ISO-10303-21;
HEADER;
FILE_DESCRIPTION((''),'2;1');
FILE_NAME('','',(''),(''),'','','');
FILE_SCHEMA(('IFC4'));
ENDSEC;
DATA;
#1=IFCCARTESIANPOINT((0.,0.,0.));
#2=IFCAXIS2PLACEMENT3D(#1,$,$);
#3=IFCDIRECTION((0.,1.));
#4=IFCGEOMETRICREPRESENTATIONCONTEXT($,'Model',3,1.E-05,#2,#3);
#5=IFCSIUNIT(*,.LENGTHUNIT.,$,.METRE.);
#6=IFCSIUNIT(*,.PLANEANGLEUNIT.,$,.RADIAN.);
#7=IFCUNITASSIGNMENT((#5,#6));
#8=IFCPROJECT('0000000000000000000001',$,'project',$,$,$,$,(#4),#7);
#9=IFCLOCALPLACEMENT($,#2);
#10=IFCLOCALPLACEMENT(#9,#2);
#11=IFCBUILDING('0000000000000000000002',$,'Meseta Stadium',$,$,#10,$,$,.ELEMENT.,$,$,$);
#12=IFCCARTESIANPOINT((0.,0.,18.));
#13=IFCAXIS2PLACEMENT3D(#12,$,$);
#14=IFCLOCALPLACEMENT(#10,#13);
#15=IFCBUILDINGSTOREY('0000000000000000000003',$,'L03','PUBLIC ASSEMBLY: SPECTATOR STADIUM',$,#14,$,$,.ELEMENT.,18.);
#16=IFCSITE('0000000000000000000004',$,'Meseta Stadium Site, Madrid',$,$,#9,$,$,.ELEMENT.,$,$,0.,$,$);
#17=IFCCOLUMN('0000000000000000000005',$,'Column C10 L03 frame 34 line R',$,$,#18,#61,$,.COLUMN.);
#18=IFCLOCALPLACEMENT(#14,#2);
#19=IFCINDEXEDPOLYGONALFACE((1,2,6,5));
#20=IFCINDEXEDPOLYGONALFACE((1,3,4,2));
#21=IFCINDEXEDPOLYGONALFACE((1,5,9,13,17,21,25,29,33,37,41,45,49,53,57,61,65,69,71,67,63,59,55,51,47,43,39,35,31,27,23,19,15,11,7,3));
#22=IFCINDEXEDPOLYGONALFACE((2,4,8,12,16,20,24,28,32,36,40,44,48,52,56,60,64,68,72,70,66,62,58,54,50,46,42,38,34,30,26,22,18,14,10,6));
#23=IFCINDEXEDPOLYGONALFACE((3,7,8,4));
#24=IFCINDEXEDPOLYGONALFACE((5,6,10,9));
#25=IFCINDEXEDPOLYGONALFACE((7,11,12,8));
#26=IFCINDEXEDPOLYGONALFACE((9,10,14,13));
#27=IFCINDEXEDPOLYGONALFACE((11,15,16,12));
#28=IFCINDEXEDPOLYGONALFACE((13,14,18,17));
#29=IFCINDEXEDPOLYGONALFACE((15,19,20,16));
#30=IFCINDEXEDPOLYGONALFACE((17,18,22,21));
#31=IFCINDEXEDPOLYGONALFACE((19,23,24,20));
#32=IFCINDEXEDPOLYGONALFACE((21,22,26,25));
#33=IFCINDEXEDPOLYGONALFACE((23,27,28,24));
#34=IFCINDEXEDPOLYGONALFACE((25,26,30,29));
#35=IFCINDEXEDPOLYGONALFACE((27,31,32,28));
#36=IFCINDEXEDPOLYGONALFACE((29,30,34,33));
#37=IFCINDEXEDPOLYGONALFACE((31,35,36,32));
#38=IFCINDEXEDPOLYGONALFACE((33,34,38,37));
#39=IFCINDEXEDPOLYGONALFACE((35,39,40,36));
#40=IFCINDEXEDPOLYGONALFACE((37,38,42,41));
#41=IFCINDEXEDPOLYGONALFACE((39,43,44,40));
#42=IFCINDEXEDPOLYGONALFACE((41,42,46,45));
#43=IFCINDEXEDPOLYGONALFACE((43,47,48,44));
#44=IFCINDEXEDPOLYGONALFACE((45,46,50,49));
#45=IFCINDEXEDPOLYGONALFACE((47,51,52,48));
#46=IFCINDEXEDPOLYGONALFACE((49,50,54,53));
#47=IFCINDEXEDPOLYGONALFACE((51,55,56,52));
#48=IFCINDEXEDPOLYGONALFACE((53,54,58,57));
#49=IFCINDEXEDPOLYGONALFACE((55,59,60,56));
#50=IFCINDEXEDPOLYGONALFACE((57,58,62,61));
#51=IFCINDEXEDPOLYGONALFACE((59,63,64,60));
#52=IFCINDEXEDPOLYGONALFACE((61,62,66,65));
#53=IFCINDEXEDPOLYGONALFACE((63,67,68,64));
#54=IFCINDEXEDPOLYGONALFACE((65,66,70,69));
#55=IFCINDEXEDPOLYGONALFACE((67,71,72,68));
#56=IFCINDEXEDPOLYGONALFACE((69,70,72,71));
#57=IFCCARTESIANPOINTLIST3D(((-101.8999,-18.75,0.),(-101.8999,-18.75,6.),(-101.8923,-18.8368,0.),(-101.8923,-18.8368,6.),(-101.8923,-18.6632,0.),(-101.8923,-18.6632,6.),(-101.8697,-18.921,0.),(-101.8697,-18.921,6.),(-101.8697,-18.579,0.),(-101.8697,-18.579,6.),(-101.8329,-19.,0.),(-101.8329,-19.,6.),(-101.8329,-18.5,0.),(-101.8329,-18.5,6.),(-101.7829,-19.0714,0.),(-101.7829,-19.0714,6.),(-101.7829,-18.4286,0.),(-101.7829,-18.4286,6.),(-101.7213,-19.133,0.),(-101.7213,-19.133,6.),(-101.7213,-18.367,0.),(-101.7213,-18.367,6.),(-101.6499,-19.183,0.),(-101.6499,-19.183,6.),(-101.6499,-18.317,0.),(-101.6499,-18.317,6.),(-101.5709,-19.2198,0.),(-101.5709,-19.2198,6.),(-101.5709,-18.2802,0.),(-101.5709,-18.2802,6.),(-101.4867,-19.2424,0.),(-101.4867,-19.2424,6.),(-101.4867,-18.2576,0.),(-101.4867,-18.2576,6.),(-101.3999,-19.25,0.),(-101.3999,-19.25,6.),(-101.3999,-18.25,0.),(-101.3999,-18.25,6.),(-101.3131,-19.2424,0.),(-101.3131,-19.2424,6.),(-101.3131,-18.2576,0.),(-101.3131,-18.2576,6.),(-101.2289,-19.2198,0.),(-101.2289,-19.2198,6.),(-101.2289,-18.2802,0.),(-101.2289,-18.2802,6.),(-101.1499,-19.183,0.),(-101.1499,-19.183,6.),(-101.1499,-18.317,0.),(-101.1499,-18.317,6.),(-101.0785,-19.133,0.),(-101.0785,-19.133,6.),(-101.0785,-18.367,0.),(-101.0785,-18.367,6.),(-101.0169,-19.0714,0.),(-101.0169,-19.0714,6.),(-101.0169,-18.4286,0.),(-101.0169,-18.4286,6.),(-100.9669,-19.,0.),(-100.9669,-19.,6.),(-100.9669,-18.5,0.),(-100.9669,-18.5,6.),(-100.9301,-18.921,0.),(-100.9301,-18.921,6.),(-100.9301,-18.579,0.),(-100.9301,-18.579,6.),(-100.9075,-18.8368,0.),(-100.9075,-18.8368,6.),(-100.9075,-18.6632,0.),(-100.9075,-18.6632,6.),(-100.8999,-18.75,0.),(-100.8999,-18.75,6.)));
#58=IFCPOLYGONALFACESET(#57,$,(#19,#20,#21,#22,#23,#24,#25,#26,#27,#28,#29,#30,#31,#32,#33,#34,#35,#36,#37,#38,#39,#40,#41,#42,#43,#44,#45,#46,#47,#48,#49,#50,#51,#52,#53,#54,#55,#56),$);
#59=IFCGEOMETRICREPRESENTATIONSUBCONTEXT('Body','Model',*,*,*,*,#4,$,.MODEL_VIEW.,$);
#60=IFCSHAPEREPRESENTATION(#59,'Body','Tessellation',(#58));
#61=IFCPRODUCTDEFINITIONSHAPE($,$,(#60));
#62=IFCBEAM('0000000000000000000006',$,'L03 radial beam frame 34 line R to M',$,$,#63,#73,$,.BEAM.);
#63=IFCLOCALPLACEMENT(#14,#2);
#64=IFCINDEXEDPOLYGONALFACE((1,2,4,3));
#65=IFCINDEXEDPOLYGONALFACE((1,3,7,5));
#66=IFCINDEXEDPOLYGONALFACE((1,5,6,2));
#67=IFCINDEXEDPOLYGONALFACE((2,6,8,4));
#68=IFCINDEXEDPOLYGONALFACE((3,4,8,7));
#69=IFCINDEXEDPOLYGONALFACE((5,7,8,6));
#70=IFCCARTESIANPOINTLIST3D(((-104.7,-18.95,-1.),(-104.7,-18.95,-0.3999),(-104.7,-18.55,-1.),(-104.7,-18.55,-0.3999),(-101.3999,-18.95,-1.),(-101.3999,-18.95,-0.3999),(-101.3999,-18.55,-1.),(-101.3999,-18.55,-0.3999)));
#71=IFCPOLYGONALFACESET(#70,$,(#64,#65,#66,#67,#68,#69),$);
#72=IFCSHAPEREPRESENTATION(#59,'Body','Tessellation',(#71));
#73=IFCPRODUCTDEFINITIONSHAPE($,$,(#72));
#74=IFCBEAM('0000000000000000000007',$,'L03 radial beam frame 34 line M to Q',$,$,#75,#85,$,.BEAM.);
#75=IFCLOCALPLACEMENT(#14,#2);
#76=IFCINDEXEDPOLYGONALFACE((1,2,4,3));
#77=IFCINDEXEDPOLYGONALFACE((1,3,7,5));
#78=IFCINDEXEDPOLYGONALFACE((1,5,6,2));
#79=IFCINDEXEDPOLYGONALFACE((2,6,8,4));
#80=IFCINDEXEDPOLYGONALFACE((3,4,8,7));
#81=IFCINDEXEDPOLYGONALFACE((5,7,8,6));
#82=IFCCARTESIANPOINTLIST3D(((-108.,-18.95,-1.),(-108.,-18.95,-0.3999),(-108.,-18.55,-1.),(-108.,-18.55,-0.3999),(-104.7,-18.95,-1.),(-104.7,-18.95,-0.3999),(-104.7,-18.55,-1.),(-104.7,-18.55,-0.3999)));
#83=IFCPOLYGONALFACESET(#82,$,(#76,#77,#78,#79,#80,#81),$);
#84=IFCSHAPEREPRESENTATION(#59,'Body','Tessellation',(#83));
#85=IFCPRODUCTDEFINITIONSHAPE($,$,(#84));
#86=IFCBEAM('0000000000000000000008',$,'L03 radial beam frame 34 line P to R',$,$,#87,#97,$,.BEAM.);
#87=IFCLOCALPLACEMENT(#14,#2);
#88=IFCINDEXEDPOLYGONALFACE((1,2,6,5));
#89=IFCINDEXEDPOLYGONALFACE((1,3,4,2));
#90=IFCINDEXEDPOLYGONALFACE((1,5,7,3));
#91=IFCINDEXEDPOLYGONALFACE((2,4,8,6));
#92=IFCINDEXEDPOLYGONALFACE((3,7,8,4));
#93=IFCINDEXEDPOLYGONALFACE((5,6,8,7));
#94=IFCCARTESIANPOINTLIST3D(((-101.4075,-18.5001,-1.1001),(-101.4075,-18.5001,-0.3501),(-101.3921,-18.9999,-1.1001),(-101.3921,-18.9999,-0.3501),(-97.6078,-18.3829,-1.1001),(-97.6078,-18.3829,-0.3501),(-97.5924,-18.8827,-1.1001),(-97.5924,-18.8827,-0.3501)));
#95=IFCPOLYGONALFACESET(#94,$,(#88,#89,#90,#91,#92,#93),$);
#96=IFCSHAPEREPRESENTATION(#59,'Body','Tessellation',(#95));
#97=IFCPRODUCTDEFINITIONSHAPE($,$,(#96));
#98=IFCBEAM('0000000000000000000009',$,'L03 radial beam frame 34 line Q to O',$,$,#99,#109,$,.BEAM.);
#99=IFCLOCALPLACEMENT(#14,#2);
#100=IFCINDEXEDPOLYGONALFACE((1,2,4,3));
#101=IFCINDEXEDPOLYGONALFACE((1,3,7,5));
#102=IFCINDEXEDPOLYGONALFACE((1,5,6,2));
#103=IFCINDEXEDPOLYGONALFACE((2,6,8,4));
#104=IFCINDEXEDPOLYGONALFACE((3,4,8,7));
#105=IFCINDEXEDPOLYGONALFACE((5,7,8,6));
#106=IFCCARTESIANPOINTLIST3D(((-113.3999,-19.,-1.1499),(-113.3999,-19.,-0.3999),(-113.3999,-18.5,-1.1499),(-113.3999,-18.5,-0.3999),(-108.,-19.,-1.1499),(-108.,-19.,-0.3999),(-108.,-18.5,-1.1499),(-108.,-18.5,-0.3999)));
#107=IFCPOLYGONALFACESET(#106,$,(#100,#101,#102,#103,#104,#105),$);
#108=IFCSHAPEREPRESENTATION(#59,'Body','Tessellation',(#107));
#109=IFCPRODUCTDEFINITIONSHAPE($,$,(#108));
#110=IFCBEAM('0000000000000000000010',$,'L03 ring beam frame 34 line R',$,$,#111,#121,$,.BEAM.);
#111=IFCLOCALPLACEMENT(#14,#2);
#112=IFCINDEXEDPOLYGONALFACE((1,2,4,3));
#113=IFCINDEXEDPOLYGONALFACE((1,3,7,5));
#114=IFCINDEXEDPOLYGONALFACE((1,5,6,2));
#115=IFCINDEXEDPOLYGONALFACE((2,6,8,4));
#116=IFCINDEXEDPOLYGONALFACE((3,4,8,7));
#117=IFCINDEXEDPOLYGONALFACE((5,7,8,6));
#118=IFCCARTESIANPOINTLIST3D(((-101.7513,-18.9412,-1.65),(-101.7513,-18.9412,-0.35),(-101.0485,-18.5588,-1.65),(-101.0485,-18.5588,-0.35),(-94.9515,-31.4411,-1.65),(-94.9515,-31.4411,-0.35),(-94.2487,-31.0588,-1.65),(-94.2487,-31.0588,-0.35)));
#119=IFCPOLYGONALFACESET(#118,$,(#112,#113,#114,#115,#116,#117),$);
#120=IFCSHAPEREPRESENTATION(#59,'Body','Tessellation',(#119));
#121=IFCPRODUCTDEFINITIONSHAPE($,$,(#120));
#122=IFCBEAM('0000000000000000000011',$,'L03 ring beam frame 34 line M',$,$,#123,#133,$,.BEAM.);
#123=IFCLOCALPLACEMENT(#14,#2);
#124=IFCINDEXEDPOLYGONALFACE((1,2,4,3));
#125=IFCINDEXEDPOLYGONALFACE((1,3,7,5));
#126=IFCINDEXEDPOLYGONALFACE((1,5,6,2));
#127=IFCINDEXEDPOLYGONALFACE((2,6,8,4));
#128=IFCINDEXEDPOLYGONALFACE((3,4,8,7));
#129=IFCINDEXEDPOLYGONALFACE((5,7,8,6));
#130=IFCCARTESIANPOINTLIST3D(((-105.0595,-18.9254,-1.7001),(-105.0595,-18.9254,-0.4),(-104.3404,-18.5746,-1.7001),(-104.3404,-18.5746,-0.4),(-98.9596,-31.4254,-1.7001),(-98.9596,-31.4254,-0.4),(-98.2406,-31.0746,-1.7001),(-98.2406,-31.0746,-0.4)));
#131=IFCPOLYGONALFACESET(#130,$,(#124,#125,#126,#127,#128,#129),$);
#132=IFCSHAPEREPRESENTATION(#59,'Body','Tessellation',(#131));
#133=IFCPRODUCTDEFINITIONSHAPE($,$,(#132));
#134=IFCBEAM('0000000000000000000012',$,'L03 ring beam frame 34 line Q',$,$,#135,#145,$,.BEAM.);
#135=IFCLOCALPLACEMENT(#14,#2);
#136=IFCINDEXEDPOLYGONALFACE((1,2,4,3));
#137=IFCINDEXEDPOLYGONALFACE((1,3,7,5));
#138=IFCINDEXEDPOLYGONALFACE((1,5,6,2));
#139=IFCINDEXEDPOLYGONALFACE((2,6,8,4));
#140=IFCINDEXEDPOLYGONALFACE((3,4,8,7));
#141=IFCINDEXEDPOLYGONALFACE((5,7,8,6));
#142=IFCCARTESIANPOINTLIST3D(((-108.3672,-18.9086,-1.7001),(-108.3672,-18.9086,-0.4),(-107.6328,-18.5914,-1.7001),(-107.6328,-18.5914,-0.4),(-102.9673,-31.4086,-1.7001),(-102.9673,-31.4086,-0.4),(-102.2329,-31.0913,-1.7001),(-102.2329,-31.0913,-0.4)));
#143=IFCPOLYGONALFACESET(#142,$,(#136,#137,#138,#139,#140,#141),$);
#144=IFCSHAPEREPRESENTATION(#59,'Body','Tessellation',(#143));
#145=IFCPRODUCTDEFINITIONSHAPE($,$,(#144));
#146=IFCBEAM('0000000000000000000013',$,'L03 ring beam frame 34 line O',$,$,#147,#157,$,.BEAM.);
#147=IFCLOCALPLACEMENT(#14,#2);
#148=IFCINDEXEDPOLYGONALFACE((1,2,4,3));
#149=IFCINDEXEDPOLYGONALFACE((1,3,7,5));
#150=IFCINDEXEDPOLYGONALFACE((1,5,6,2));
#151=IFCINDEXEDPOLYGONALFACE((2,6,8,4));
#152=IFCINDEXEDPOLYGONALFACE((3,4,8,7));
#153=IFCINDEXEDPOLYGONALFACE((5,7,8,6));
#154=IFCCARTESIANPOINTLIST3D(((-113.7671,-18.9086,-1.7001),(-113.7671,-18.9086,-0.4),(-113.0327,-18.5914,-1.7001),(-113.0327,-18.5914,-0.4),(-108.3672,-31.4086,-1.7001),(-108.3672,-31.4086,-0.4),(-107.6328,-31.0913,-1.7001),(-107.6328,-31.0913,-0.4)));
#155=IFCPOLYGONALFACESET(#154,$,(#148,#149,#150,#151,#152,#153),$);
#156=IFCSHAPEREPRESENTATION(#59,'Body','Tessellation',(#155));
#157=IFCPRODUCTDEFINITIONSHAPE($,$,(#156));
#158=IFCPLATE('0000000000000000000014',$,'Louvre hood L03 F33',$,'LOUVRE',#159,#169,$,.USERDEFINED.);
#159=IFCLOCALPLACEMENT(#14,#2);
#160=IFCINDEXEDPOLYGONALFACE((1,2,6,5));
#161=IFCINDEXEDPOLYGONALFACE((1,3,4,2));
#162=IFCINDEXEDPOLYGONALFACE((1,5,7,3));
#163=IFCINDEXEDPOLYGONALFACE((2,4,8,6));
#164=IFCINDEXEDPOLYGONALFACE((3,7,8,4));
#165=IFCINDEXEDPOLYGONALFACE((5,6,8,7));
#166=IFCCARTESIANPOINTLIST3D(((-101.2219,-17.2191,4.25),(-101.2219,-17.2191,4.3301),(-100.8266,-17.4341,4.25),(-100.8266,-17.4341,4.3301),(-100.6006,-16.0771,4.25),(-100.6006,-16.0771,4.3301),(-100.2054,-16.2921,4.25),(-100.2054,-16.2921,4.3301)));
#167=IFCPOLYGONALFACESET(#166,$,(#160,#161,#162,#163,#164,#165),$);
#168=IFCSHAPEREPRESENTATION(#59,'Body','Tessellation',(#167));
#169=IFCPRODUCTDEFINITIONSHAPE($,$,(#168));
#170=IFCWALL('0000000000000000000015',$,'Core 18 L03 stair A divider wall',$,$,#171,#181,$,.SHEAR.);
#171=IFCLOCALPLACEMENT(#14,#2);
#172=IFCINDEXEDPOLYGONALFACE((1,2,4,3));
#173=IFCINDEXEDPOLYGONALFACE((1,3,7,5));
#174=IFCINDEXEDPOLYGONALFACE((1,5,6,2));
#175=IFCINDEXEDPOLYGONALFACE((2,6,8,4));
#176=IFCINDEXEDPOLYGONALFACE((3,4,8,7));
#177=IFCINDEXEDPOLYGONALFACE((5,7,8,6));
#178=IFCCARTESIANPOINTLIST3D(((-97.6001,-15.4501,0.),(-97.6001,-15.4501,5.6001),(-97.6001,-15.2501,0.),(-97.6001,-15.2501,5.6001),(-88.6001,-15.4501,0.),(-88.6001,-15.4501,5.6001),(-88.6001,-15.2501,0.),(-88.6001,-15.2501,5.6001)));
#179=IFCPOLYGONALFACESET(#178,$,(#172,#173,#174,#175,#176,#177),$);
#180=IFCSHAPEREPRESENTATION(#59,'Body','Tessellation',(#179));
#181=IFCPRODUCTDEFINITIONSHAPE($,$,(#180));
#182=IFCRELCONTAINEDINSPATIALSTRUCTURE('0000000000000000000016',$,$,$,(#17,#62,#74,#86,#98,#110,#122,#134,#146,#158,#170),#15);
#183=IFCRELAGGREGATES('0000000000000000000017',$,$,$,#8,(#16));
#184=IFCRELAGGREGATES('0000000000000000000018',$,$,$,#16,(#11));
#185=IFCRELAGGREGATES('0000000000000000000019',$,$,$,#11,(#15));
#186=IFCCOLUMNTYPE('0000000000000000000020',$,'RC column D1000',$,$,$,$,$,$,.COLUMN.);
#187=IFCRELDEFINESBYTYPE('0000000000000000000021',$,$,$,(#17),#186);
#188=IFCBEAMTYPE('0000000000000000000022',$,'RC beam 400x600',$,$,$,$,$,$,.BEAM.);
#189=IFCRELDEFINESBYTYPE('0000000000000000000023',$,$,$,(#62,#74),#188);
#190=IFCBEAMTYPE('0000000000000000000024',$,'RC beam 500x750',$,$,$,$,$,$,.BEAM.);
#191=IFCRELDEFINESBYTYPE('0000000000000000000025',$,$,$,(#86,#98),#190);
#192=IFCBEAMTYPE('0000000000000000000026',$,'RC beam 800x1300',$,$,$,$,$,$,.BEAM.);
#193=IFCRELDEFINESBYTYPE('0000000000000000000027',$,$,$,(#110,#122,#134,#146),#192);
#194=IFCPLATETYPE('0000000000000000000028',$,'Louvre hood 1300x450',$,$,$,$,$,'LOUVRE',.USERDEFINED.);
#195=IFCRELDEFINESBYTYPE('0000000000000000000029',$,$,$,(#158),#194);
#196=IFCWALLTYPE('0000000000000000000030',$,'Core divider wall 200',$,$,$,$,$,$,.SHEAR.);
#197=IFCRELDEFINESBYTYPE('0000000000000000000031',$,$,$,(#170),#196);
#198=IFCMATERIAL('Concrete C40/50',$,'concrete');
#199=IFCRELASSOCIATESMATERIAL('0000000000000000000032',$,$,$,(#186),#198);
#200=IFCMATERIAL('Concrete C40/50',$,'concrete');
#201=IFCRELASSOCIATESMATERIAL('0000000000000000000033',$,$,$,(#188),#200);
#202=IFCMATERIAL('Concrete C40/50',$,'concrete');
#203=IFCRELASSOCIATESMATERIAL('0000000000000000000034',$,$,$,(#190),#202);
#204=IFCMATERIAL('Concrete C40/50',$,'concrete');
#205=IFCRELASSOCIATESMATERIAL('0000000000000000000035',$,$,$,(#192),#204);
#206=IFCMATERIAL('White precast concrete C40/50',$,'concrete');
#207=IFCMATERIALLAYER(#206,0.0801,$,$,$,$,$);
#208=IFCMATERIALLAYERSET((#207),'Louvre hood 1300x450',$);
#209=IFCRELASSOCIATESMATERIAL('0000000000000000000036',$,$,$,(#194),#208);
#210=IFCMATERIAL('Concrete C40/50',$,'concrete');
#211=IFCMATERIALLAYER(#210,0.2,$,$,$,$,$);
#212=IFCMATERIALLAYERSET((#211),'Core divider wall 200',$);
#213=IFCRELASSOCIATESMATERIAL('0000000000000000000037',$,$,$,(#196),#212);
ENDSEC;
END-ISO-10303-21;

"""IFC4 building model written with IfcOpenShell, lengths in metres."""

from ifc_helpers import new_model, si_unit, direction, frame, frame_2d, origin, origin_2d, place, context, subcontext, project, spatial, rectangle, circle, extrude, material, layer, layer_set, material_profile, profile_set, type_object, element, save


model = new_model("IFC4")

# Units and contexts
model_context = context("Model", 3, precision=1e-05, world=origin(), true_north=direction((0.0, 1.0)))
body_context = subcontext(model_context, "Body", "Model", "MODEL_VIEW")
ifc_project = project(units=[si_unit("LENGTHUNIT", "METRE"), si_unit("PLANEANGLEUNIT", "RADIAN")], contexts=[model_context])

# Site, building, storey
site_placement = place(None, origin())
site = spatial("IfcSite", under=ifc_project, at=site_placement, Name="Meseta Stadium Site, Madrid", CompositionType="ELEMENT", RefElevation=0.0)
building_placement = place(site_placement, origin())
building = spatial("IfcBuilding", under=site, at=building_placement, Name="Meseta Stadium", CompositionType="ELEMENT")
storey_placement = place(building_placement, frame((0.0, 0.0, 18.0)))
storey = spatial("IfcBuildingStorey", under=building, at=storey_placement, Name="L03", Description="PUBLIC ASSEMBLY: SPECTATOR STADIUM", CompositionType="ELEMENT", Elevation=18.0)

# Column
ifc_material_1 = material(Name="Concrete C40/50", Category="concrete")
ifc_material_profile_1 = material_profile(ifc_material_1, circle(Radius=0.5, at=origin_2d()), Name="RC D1000")
ifc_profile_set_1 = profile_set([ifc_material_profile_1], Name="Concrete C40/50")
column_type = type_object("IfcColumnType", Name="RC column D1000", PredefinedType="COLUMN", material=ifc_profile_set_1)
column_placement = place(storey_placement, frame((-101.3999, -18.75, 0.0), z_axis=(0.0, 0.0, 1.0), x_axis=(1.0, 0.0, 0.0)))
element("IfcColumn", 1, at=column_placement, inside=storey, type_object=column_type, Name="Column C10 L03 frame 34 line R", PredefinedType="COLUMN", context=body_context, shape_type="SweptSolid", body=[
    extrude(circle(Radius=0.5, at=origin_2d()), origin(), (0.0, 0.0, 1.0), 6.0),
])

# Beams
ifc_material_2 = material(Name="Concrete C40/50", Category="concrete")
ifc_material_profile_2 = material_profile(ifc_material_2, rectangle(XDim=0.3999, YDim=0.6001, at=origin_2d()), Name="RC 400x600")
ifc_profile_set_2 = profile_set([ifc_material_profile_2], Name="Concrete C40/50")
beam_type_1 = type_object("IfcBeamType", Name="RC beam 400x600", PredefinedType="BEAM", material=ifc_profile_set_2)
for number, where, z_axis, x_axis, name in (
    (2, (-101.3999, -18.75, -0.7), (-1.0, 0.0, 0.0), (0.0, -1.0, 0.0), "L03 radial beam frame 34 line R to M"),
    (3, (-104.7, -18.75, -0.7), (-1.0, 0.0, 0.0), (0.0, -1.0, 0.0), "L03 radial beam frame 34 line M to Q"),
):
    element("IfcBeam", number, at=place(storey_placement, frame(where, z_axis=z_axis, x_axis=x_axis)), inside=storey, type_object=beam_type_1, Name=name, PredefinedType="BEAM", context=body_context, shape_type="SweptSolid", body=[
        extrude(rectangle(XDim=0.3999, YDim=0.6001, at=origin_2d()), origin(), (0.0, 0.0, 1.0), 3.3),
    ])
ifc_material_3 = material(Name="Concrete C40/50", Category="concrete")
ifc_material_profile_3 = material_profile(ifc_material_3, rectangle(XDim=0.5, YDim=0.75, at=origin_2d()), Name="RC 500x750")
ifc_profile_set_3 = profile_set([ifc_material_profile_3], Name="Concrete C40/50")
beam_type_2 = type_object("IfcBeamType", Name="RC beam 500x750", PredefinedType="BEAM", material=ifc_profile_set_3)
beam_1_placement = place(storey_placement, frame((-97.6001, -18.6328, -0.7251), z_axis=(-0.999525, -0.030826, 0.0), x_axis=(0.030826, -0.999525, 0.0)))
element("IfcBeam", 4, at=beam_1_placement, inside=storey, type_object=beam_type_2, Name="L03 radial beam frame 34 line P to R", PredefinedType="BEAM", context=body_context, shape_type="SweptSolid", body=[
    extrude(rectangle(XDim=0.5, YDim=0.75, at=origin_2d()), origin(), (0.0, 0.0, 1.0), 3.8015),
])
beam_2_placement = place(storey_placement, frame((-108.0, -18.75, -0.7749), z_axis=(-1.0, 0.0, 0.0), x_axis=(0.0, -1.0, 0.0)))
element("IfcBeam", 5, at=beam_2_placement, inside=storey, type_object=beam_type_2, Name="L03 radial beam frame 34 line Q to O", PredefinedType="BEAM", context=body_context, shape_type="SweptSolid", body=[
    extrude(rectangle(XDim=0.5, YDim=0.75, at=origin_2d()), origin(), (0.0, 0.0, 1.0), 5.3999),
])
ifc_material_4 = material(Name="Concrete C40/50", Category="concrete")
ifc_material_profile_4 = material_profile(ifc_material_4, rectangle(XDim=0.8, YDim=1.3, at=origin_2d()), Name="RC 800x1300")
ifc_profile_set_4 = profile_set([ifc_material_profile_4], Name="Concrete C40/50")
beam_type_3 = type_object("IfcBeamType", Name="RC beam 800x1300", PredefinedType="BEAM", material=ifc_profile_set_4)
beam_3_placement = place(storey_placement, frame((-101.3999, -18.75, -1.0), z_axis=(0.477856, -0.878438, 0.0), x_axis=(0.878438, 0.477856, 0.0)))
element("IfcBeam", 6, at=beam_3_placement, inside=storey, type_object=beam_type_3, Name="L03 ring beam frame 34 line R", PredefinedType="BEAM", context=body_context, shape_type="SweptSolid", body=[
    extrude(rectangle(XDim=0.8, YDim=1.3, at=origin_2d()), origin(), (0.0, 0.0, 1.0), 14.2297),
])
beam_4_placement = place(storey_placement, frame((-104.7, -18.75, -1.05), z_axis=(0.438557, -0.898703, 0.0), x_axis=(0.898703, 0.438557, 0.0)))
element("IfcBeam", 7, at=beam_4_placement, inside=storey, type_object=beam_type_3, Name="L03 ring beam frame 34 line M", PredefinedType="BEAM", context=body_context, shape_type="SweptSolid", body=[
    extrude(rectangle(XDim=0.8, YDim=1.3, at=origin_2d()), origin(), (0.0, 0.0, 1.0), 13.9089),
])
for number, where, z_axis, x_axis, name in (
    (8, (-108.0, -18.75, -1.05), (0.396571, -0.918004, 0.0), (0.918004, 0.396571, 0.0), "L03 ring beam frame 34 line Q"),
    (9, (-113.3999, -18.75, -1.05), (0.396571, -0.918004, 0.0), (0.918004, 0.396571, 0.0), "L03 ring beam frame 34 line O"),
):
    element("IfcBeam", number, at=place(storey_placement, frame(where, z_axis=z_axis, x_axis=x_axis)), inside=storey, type_object=beam_type_3, Name=name, PredefinedType="BEAM", context=body_context, shape_type="SweptSolid", body=[
        extrude(rectangle(XDim=0.8, YDim=1.3, at=origin_2d()), origin(), (0.0, 0.0, 1.0), 13.6165),
    ])

# Plate
ifc_material_5 = material(Name="White precast concrete C40/50", Category="concrete")
ifc_layer_1 = layer(ifc_material_5, 0.0801)
ifc_layer_set_1 = layer_set([ifc_layer_1], Name="Louvre hood 1300x450")
plate_type = type_object("IfcPlateType", Name="Louvre hood 1300x450", ElementType="LOUVRE", PredefinedType="USERDEFINED", material=ifc_layer_set_1)
plate_placement = place(storey_placement, frame((-100.7136, -16.7556, 4.25), z_axis=(0.0, 0.0, 1.0), x_axis=(-0.477867, -0.878432, 0.0)))
element("IfcPlate", 10, at=plate_placement, inside=storey, type_object=plate_type, Name="Louvre hood L03 F33", ObjectType="LOUVRE", PredefinedType="USERDEFINED", context=body_context, shape_type="SweptSolid", body=[
    extrude(rectangle(XDim=1.3, YDim=0.45, at=origin_2d()), origin(), (0.0, 0.0, 1.0), 0.0801),
])

# Wall
ifc_material_6 = material(Name="Concrete C40/50", Category="concrete")
ifc_layer_2 = layer(ifc_material_6, 0.2)
ifc_layer_set_2 = layer_set([ifc_layer_2], Name="Core divider wall 200")
wall_type_1 = type_object("IfcWallType", Name="Core divider wall 200", PredefinedType="SHEAR", material=ifc_layer_set_2)
wall_1_placement = place(storey_placement, frame((-97.6001, -15.3501, 0.0), z_axis=(0.0, 0.0, 1.0), x_axis=(1.0, 0.0, 0.0)))
element("IfcWall", 11, at=wall_1_placement, inside=storey, type_object=wall_type_1, Name="Core 18 L03 stair A divider wall", PredefinedType="SHEAR", context=body_context, shape_type="SweptSolid", body=[
    extrude(rectangle(XDim=9.0, YDim=0.2, at=frame_2d((4.5, 0.0))), origin(), (0.0, 0.0, 1.0), 5.6001),
])

save(model, "model.ifc")
